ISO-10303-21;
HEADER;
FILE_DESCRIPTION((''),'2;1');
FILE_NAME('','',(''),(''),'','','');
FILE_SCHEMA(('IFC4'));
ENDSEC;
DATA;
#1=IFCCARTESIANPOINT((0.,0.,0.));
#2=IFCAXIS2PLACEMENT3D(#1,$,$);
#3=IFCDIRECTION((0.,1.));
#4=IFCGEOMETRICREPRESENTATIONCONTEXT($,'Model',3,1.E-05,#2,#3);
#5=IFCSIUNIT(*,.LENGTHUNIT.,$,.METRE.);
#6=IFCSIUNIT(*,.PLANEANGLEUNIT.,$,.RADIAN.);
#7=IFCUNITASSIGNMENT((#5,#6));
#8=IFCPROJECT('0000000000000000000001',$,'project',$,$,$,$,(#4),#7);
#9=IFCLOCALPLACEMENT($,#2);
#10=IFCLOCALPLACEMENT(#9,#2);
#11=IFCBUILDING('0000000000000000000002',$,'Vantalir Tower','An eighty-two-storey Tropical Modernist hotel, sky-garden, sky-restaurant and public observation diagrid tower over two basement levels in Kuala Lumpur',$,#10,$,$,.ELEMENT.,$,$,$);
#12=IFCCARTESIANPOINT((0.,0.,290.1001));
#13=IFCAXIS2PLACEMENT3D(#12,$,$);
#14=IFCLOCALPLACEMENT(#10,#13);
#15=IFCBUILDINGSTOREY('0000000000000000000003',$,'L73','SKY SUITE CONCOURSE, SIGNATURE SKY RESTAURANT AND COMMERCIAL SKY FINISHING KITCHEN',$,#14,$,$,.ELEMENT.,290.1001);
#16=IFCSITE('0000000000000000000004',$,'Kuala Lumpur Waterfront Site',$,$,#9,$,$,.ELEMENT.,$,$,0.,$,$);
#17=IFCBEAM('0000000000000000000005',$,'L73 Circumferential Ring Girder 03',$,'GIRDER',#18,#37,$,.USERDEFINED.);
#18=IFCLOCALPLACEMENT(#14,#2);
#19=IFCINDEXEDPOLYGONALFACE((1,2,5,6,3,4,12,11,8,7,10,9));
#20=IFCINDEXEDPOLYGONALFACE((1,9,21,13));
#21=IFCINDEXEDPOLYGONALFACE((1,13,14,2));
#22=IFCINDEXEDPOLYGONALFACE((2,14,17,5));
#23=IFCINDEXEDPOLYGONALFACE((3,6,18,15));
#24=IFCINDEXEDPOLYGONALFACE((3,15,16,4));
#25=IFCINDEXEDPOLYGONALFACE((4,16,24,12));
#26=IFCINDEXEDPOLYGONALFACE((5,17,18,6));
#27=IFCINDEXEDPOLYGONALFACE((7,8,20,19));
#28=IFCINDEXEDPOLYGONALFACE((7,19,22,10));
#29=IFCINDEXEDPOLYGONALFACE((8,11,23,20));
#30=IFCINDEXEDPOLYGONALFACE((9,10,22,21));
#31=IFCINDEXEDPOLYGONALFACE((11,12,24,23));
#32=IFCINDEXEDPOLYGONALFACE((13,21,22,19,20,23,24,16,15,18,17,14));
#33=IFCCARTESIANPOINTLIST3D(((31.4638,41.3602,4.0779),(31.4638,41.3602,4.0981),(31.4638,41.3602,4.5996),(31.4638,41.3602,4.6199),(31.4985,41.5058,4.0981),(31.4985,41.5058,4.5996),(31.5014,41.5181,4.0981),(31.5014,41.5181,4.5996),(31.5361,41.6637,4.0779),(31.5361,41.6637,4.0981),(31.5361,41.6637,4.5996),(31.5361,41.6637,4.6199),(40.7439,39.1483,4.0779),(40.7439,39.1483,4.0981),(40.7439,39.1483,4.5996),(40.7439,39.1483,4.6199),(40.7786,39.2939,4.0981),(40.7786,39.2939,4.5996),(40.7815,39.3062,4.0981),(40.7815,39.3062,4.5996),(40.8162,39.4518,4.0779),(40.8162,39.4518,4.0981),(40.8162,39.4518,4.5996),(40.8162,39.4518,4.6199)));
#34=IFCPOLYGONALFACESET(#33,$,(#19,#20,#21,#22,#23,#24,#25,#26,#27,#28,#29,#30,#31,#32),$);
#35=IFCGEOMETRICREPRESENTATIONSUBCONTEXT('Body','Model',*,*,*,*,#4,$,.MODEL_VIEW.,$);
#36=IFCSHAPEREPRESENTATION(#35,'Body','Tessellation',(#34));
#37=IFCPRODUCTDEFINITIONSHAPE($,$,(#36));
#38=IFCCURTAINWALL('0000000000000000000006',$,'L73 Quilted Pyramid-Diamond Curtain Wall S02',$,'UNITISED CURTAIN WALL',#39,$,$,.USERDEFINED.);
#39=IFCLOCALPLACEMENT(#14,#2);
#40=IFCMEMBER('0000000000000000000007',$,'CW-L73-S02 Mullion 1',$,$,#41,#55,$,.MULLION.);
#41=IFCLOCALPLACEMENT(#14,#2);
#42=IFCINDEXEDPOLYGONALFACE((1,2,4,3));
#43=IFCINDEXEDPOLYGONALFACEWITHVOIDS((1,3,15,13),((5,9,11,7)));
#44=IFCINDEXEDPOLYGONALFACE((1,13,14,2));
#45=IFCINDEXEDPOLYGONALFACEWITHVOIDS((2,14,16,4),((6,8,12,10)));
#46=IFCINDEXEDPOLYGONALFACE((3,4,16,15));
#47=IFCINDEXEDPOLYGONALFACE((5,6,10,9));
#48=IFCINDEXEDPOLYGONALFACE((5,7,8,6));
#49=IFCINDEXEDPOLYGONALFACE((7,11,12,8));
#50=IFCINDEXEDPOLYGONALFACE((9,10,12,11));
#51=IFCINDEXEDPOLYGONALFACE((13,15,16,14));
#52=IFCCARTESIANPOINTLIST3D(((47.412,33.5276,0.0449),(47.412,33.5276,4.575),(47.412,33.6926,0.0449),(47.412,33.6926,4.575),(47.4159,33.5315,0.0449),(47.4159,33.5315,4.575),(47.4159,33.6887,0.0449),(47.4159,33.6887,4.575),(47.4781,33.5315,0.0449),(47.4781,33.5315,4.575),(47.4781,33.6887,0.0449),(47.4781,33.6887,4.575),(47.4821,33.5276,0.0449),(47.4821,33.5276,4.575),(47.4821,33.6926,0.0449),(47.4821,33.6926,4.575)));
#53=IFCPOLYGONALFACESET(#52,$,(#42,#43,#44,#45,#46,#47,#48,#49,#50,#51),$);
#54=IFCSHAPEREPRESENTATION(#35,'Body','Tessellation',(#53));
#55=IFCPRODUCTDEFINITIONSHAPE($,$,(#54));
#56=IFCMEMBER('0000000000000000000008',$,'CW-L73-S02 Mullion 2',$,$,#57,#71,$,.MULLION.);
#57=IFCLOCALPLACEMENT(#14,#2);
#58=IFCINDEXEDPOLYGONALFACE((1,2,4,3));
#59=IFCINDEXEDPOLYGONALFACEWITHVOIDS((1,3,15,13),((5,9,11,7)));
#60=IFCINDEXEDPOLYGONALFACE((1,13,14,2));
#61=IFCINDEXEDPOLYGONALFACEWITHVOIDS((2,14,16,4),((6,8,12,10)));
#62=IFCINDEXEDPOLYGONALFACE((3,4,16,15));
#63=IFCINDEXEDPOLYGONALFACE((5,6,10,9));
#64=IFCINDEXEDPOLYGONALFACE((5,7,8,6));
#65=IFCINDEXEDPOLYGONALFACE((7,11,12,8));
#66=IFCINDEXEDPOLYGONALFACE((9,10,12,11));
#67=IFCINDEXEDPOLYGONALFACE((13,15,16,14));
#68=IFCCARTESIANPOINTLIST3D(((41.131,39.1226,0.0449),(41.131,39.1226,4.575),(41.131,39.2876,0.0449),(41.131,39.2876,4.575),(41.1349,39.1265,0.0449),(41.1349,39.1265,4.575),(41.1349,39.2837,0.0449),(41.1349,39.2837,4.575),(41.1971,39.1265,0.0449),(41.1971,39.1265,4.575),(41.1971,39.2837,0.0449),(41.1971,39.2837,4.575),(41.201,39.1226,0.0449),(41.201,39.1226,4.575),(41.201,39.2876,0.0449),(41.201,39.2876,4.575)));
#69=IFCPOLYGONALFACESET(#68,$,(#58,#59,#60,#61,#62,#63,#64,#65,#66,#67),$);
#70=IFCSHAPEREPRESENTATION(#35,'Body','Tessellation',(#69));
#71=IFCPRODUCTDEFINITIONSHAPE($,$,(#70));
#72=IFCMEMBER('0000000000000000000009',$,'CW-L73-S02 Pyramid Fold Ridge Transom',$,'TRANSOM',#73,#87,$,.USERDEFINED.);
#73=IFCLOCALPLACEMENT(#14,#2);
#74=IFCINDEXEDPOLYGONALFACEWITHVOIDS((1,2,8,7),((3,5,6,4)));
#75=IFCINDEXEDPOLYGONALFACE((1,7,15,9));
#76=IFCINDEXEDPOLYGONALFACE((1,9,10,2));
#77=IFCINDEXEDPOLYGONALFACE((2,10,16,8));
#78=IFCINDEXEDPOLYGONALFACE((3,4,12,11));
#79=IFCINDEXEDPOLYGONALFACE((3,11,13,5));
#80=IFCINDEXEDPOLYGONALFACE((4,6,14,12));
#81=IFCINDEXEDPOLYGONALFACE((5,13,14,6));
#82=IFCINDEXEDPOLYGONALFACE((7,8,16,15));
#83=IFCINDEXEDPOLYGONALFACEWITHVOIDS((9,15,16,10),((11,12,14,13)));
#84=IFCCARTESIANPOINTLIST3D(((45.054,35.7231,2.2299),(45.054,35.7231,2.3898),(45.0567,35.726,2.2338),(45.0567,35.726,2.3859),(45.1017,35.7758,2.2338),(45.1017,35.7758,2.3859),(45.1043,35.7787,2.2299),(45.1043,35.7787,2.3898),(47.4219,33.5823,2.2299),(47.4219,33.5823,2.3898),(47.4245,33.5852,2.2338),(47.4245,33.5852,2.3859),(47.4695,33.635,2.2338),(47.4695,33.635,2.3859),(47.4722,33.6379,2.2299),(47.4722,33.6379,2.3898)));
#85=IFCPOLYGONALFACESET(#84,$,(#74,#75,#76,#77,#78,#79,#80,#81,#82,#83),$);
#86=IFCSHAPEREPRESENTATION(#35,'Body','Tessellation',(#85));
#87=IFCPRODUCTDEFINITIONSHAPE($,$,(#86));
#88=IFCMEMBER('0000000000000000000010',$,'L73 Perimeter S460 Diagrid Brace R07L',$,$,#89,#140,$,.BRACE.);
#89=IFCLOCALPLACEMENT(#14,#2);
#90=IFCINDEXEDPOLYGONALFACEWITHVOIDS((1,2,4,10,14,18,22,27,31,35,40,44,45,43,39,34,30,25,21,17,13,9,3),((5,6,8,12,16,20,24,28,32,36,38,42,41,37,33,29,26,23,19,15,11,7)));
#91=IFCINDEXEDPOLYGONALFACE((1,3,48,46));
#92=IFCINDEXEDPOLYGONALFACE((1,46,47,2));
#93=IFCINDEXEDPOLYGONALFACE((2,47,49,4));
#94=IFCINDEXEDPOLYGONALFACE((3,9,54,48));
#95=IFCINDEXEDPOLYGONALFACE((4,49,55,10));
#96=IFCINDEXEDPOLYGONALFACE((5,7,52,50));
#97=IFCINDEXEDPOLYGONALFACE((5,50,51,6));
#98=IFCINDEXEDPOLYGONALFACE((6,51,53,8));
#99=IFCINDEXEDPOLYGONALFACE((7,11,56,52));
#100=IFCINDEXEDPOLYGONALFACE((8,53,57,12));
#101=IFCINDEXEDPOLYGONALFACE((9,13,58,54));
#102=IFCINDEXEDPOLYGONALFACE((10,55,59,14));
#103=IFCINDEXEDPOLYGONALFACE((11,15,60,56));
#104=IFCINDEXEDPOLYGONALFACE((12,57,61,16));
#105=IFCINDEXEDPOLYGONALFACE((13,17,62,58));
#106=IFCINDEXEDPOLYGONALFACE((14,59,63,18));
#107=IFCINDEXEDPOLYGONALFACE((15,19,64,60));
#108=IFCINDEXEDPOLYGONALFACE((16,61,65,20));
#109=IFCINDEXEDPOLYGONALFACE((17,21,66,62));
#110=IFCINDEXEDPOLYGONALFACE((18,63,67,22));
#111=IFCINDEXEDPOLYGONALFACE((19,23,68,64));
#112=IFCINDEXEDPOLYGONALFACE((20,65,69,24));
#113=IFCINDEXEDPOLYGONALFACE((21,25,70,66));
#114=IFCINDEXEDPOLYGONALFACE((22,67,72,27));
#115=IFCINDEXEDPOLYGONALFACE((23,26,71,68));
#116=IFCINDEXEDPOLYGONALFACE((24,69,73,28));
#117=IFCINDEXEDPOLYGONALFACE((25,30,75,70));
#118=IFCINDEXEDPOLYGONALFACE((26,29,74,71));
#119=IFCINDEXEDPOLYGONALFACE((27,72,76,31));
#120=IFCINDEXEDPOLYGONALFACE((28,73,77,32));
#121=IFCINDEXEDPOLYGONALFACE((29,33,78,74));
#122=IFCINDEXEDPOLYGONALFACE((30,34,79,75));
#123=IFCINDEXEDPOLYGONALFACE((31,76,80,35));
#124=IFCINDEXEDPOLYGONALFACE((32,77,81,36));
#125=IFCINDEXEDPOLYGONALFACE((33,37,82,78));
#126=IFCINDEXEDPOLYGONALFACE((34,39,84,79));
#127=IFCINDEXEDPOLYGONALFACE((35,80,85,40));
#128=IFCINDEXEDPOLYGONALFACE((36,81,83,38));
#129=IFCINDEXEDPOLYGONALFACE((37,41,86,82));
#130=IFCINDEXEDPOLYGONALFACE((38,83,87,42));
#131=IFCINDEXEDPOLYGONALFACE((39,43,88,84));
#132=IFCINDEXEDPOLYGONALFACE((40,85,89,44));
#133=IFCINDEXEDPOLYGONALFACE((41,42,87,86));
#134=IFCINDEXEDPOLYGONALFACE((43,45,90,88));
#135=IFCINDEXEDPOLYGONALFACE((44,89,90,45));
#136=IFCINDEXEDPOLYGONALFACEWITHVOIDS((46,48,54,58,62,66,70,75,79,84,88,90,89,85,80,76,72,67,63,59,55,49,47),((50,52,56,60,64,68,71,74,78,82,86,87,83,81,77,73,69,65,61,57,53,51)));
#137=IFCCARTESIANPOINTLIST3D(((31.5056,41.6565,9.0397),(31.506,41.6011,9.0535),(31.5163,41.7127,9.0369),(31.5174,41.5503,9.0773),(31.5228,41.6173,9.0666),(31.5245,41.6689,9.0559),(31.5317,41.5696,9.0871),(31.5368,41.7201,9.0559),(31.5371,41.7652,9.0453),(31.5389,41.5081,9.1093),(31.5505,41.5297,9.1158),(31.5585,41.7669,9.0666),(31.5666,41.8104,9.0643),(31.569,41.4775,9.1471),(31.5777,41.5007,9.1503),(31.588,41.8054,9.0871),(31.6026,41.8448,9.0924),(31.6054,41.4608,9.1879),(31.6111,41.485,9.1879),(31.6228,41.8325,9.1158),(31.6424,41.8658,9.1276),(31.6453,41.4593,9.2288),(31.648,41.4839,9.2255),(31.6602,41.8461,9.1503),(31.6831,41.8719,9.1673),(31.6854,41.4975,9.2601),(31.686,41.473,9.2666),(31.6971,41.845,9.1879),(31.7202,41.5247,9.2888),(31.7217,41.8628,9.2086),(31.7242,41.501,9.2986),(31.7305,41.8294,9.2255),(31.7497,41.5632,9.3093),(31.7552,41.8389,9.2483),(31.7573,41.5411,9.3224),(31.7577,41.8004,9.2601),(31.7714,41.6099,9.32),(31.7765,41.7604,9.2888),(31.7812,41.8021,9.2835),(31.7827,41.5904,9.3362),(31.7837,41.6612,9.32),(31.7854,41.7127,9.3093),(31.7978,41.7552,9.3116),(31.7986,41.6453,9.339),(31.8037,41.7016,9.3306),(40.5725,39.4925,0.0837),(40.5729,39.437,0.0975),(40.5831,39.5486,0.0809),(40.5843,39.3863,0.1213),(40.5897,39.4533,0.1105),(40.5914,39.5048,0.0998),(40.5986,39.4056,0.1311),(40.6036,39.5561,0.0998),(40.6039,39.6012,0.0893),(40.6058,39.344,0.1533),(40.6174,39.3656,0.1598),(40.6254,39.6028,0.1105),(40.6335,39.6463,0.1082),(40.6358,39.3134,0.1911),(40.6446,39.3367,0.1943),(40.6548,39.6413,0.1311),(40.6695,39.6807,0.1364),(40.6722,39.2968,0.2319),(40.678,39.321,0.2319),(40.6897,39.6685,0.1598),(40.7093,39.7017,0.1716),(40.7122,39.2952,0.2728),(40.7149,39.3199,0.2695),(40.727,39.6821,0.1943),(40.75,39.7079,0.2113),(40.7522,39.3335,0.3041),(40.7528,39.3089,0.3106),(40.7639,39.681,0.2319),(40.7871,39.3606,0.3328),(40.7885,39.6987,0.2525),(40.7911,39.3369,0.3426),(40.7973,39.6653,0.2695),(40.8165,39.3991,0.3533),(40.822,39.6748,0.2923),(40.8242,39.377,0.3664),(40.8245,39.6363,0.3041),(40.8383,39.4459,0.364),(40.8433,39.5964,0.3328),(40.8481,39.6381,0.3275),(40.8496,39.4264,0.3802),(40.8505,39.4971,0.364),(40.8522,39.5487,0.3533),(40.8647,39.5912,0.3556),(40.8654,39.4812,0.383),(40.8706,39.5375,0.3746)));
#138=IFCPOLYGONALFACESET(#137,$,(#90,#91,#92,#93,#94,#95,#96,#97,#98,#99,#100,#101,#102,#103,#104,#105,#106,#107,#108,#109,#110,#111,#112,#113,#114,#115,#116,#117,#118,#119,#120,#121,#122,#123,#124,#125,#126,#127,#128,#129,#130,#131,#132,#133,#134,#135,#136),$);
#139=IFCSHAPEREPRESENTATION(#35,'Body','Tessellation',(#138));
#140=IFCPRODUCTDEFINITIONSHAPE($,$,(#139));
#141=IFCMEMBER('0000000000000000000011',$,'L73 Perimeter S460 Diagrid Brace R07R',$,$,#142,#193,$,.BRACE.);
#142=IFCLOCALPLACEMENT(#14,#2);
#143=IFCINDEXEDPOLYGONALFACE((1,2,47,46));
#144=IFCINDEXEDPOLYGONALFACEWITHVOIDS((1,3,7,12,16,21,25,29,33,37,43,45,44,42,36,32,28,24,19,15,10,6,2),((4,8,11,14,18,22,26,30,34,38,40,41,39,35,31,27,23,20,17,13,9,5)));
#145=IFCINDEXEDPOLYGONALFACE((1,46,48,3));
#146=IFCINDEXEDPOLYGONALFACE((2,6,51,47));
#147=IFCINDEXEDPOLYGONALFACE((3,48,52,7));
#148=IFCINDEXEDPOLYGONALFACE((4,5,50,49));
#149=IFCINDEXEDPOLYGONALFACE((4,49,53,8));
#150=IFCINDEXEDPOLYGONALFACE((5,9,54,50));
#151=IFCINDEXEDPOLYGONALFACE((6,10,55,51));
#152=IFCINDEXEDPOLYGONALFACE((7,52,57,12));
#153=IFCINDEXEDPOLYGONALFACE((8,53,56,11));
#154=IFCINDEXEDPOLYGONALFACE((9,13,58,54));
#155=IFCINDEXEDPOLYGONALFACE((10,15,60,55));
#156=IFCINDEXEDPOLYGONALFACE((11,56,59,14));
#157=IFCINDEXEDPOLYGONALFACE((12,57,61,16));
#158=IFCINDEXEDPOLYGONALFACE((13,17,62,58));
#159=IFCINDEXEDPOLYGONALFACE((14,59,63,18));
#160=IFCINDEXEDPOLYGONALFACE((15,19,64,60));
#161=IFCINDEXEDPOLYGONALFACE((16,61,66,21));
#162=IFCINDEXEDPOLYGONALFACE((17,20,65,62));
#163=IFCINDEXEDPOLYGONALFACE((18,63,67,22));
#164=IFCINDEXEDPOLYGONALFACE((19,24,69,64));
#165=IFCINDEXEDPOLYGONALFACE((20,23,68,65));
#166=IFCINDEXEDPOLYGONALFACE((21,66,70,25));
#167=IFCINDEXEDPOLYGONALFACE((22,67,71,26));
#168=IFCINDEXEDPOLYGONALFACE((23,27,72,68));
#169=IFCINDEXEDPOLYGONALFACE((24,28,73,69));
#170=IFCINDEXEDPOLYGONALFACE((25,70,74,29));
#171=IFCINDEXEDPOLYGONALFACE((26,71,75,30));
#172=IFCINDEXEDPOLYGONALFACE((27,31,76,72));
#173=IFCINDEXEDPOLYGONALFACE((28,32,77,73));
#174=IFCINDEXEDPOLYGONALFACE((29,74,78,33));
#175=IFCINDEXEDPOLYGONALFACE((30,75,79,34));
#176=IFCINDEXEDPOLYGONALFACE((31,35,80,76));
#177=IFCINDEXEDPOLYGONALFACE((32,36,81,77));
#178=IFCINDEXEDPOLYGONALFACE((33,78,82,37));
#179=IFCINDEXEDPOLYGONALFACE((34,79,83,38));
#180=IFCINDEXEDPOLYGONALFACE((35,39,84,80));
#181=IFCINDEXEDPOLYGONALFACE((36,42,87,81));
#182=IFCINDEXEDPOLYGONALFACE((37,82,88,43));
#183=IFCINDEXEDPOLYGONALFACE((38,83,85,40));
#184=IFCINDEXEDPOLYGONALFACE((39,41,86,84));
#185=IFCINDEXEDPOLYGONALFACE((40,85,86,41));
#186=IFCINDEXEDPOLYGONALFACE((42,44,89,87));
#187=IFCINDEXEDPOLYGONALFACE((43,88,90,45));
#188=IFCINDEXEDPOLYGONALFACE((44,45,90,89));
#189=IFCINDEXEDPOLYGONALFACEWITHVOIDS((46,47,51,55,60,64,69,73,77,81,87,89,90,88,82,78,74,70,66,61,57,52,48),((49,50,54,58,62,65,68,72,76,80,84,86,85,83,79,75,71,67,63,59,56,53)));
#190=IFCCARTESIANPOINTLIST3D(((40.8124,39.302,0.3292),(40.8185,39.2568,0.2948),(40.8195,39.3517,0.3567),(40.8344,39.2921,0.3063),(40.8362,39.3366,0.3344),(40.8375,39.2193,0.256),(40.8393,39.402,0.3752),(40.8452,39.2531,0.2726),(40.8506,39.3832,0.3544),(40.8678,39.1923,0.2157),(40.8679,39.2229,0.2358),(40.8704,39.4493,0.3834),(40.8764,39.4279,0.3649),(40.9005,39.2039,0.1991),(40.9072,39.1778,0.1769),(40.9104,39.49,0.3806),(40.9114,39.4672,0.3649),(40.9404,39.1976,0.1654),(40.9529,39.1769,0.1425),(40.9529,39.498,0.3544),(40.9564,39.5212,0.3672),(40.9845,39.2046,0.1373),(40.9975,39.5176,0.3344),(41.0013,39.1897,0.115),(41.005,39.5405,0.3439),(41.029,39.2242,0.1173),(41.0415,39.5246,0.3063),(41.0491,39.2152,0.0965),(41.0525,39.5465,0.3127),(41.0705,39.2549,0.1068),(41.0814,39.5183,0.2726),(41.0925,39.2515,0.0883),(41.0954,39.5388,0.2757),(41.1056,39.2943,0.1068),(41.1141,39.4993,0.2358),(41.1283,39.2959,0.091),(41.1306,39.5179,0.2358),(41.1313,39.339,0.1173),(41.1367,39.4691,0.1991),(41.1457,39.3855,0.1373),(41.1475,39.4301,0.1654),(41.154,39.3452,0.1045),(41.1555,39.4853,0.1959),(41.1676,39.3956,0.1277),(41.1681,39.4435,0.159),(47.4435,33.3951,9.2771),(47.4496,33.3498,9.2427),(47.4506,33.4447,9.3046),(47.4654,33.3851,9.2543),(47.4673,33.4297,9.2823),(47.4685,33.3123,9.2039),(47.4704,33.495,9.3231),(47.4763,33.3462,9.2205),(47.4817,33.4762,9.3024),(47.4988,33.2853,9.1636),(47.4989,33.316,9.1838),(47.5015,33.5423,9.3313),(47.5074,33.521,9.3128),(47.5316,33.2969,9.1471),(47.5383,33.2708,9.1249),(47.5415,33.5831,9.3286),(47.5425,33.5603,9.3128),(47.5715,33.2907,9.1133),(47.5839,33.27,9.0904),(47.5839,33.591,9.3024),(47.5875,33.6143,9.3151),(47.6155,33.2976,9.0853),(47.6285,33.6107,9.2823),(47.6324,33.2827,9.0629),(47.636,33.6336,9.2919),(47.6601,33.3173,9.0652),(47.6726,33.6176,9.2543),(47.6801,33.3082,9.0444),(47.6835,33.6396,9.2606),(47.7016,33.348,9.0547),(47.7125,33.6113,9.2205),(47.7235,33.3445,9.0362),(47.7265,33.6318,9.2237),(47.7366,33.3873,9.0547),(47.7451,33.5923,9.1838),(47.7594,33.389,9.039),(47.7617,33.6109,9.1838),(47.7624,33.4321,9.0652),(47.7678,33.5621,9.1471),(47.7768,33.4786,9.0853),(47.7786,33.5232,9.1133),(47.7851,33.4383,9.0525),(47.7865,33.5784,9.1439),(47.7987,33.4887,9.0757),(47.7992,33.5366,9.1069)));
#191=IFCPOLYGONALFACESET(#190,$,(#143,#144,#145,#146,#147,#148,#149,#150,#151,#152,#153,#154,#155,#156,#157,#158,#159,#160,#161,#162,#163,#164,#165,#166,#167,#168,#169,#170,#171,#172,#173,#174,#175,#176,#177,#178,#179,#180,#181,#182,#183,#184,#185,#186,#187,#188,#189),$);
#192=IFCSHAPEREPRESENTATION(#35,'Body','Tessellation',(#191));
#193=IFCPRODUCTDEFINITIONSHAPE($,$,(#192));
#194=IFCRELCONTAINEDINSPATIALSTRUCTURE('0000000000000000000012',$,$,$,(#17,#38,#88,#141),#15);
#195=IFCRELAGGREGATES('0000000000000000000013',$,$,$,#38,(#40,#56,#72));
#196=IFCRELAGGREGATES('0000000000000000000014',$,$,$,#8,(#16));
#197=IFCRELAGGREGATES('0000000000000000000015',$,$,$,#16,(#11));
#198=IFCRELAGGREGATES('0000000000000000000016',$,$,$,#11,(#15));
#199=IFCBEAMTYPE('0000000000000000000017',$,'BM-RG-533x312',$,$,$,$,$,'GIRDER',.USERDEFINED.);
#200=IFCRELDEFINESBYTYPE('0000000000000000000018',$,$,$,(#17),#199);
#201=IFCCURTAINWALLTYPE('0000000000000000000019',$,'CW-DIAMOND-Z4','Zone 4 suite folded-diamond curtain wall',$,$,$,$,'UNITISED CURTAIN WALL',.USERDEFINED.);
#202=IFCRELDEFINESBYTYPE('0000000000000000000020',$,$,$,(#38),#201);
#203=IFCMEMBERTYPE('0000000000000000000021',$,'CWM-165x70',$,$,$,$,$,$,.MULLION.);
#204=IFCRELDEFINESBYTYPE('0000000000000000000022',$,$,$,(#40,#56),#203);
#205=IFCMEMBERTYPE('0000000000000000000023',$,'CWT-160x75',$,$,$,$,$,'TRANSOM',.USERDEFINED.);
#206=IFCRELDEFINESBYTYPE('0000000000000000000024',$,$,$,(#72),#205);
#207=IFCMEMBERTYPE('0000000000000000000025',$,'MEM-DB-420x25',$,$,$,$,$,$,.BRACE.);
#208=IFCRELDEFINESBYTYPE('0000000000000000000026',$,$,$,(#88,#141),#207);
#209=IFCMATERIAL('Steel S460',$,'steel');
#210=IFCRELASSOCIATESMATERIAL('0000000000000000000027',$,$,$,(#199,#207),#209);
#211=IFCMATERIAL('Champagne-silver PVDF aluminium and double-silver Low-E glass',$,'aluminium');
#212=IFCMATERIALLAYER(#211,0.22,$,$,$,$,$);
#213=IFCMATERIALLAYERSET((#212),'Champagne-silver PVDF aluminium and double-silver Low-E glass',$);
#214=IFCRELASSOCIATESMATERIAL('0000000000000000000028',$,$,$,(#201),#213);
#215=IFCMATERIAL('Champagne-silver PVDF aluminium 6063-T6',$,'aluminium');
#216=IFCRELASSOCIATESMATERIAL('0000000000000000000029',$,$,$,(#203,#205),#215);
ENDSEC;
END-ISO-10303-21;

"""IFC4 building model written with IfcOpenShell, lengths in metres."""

from ifc_helpers import new_model, si_unit, direction, frame, origin, origin_2d, place, context, subcontext, project, spatial, hollow_rectangle, hollow_circle, i_section, extrude, material, layer, layer_set, material_profile, profile_set, type_object, element, aggregate, save


model = new_model("IFC4")

# Units and contexts
model_context = context("Model", 3, precision=1e-05, world=origin(), true_north=direction((0.0, 1.0)))
body_context = subcontext(model_context, "Body", "Model", "MODEL_VIEW")
ifc_project = project(units=[si_unit("LENGTHUNIT", "METRE"), si_unit("PLANEANGLEUNIT", "RADIAN")], contexts=[model_context])

# Site, building, storey
site_placement = place(None, origin())
site = spatial("IfcSite", under=ifc_project, at=site_placement, Name="Kuala Lumpur Waterfront Site", CompositionType="ELEMENT", RefElevation=0.0)
building_placement = place(site_placement, origin())
building = spatial("IfcBuilding", under=site, at=building_placement, Name="Vantalir Tower", Description="An eighty-two-storey Tropical Modernist hotel, sky-garden, sky-restaurant and public observation diagrid tower over two basement levels in Kuala Lumpur", CompositionType="ELEMENT")
storey_placement = place(building_placement, frame((0.0, 0.0, 290.1001)))
storey = spatial("IfcBuildingStorey", under=building, at=storey_placement, Name="L73", Description="SKY SUITE CONCOURSE, SIGNATURE SKY RESTAURANT AND COMMERCIAL SKY FINISHING KITCHEN", CompositionType="ELEMENT", Elevation=290.1001)

# Shared definitions
ifc_material_1 = material(Name="Steel S460", Category="steel")

# Beam
ifc_material_profile_1 = material_profile(ifc_material_1, i_section(OverallWidth=0.312, OverallDepth=0.542, WebThickness=0.0127, FlangeThickness=0.0203, at=origin_2d()), Name="Steel S460")
ifc_profile_set_1 = profile_set([ifc_material_profile_1], Name="Steel S460")
beam_type_1 = type_object("IfcBeamType", Name="BM-RG-533x312", ElementType="GIRDER", PredefinedType="USERDEFINED", material=ifc_profile_set_1)
beam_1_placement = place(storey_placement, frame((40.78, 39.3, 4.3489), z_axis=(-0.97275, 0.231857, 0.0), x_axis=(-0.231857, -0.97275, 0.0)))
element("IfcBeam", 1, at=beam_1_placement, inside=storey, type_object=beam_type_1, Name="L73 Circumferential Ring Girder 03", ObjectType="GIRDER", PredefinedType="USERDEFINED", context=body_context, shape_type="SweptSolid", body=[
    extrude(i_section(OverallWidth=0.312, OverallDepth=0.542, WebThickness=0.0127, FlangeThickness=0.0203, at=origin_2d()), origin(), (0.0, 0.0, 1.0), 9.54),
])

# Curtain wall, members
ifc_material_2 = material(Name="Champagne-silver PVDF aluminium and double-silver Low-E glass", Category="aluminium")
ifc_layer_1 = layer(ifc_material_2, 0.22)
ifc_layer_set_1 = layer_set([ifc_layer_1], Name="Champagne-silver PVDF aluminium and double-silver Low-E glass")
curtain_wall_type = type_object("IfcCurtainWallType", Name="CW-DIAMOND-Z4", Description="Zone 4 suite folded-diamond curtain wall", ElementType="UNITISED CURTAIN WALL", PredefinedType="USERDEFINED", material=ifc_layer_set_1)
curtain_wall_placement = place(storey_placement, origin())
curtain_wall = element("IfcCurtainWall", 2, at=curtain_wall_placement, inside=storey, type_object=curtain_wall_type, Name="L73 Quilted Pyramid-Diamond Curtain Wall S02", ObjectType="UNITISED CURTAIN WALL", PredefinedType="USERDEFINED")
ifc_material_3 = material(Name="Champagne-silver PVDF aluminium 6063-T6", Category="aluminium")
ifc_material_profile_2 = material_profile(ifc_material_3, hollow_rectangle(XDim=0.0701, YDim=0.165, WallThickness=0.0039, at=origin_2d()), Name="Champagne-silver PVDF aluminium 6063-T6")
ifc_profile_set_2 = profile_set([ifc_material_profile_2], Name="Champagne-silver PVDF aluminium 6063-T6")
member_type_1 = type_object("IfcMemberType", Name="CWM-165x70", PredefinedType="MULLION", material=ifc_profile_set_2)
member_1_placement = place(storey_placement, frame((47.447, 33.6101, 0.0449), z_axis=(0.0, 0.0, 1.0), x_axis=(1.0, 0.0, 0.0)))
member_1 = element("IfcMember", 3, at=member_1_placement, type_object=member_type_1, Name="CW-L73-S02 Mullion 1", PredefinedType="MULLION", context=body_context, shape_type="SweptSolid", body=[
    extrude(hollow_rectangle(XDim=0.0701, YDim=0.165, WallThickness=0.0039, at=origin_2d()), origin(), (0.0, 0.0, 1.0), 4.53),
])
member_2_placement = place(storey_placement, frame((41.166, 39.2051, 0.0449), z_axis=(0.0, 0.0, 1.0), x_axis=(1.0, 0.0, 0.0)))
member_2 = element("IfcMember", 4, at=member_2_placement, type_object=member_type_1, Name="CW-L73-S02 Mullion 2", PredefinedType="MULLION", context=body_context, shape_type="SweptSolid", body=[
    extrude(hollow_rectangle(XDim=0.0701, YDim=0.165, WallThickness=0.0039, at=origin_2d()), origin(), (0.0, 0.0, 1.0), 4.53),
])
ifc_material_profile_3 = material_profile(ifc_material_3, hollow_rectangle(XDim=0.075, YDim=0.1599, WallThickness=0.0039, at=origin_2d()), Name="Champagne-silver PVDF aluminium 6063-T6")
ifc_profile_set_3 = profile_set([ifc_material_profile_3], Name="Champagne-silver PVDF aluminium 6063-T6")
member_type_2 = type_object("IfcMemberType", Name="CWT-160x75", ElementType="TRANSOM", PredefinedType="USERDEFINED", material=ifc_profile_set_3)
member_3_placement = place(storey_placement, frame((47.447, 33.6101, 2.3098), z_axis=(-0.741775, 0.670649, 0.0), x_axis=(-0.670649, -0.741775, 0.0)))
member_3 = element("IfcMember", 5, at=member_3_placement, type_object=member_type_2, Name="CW-L73-S02 Pyramid Fold Ridge Transom", ObjectType="TRANSOM", PredefinedType="USERDEFINED", context=body_context, shape_type="SweptSolid", body=[
    extrude(hollow_rectangle(XDim=0.075, YDim=0.1599, WallThickness=0.0039, at=origin_2d()), origin(), (0.0, 0.0, 1.0), 3.1921),
])

# Members
ifc_material_profile_4 = material_profile(ifc_material_1, hollow_circle(Radius=0.21, WallThickness=0.0249, at=origin_2d()), Name="Steel S460")
ifc_profile_set_4 = profile_set([ifc_material_profile_4], Name="Steel S460")
member_type_3 = type_object("IfcMemberType", Name="MEM-DB-420x25", PredefinedType="BRACE", material=ifc_profile_set_4)
member_4_placement = place(storey_placement, frame((40.7209, 39.501, 0.2319), z_axis=(-0.701402, 0.167409, 0.692827), x_axis=(-0.232156, -0.972678, 0.0)))
element("IfcMember", 6, at=member_4_placement, inside=storey, type_object=member_type_3, Name="L73 Perimeter S460 Diagrid Brace R07L", PredefinedType="BRACE", context=body_context, shape_type="SweptSolid", body=[
    extrude(hollow_circle(Radius=0.21, WallThickness=0.0249, at=origin_2d()), origin(), (0.0, 0.0, 1.0), 12.9268),
])
member_5_placement = place(storey_placement, frame((40.991, 39.3611, 0.2358), z_axis=(0.525995, -0.468556, 0.709777), x_axis=(0.66516, 0.746701, 0.0)))
element("IfcMember", 7, at=member_5_placement, inside=storey, type_object=member_type_3, Name="L73 Perimeter S460 Diagrid Brace R07R", PredefinedType="BRACE", context=body_context, shape_type="SweptSolid", body=[
    extrude(hollow_circle(Radius=0.21, WallThickness=0.0249, at=origin_2d()), origin(), (0.0, 0.0, 1.0), 12.6067),
])

aggregate(curtain_wall, [member_1, member_2, member_3])

save(model, "model.ifc")
